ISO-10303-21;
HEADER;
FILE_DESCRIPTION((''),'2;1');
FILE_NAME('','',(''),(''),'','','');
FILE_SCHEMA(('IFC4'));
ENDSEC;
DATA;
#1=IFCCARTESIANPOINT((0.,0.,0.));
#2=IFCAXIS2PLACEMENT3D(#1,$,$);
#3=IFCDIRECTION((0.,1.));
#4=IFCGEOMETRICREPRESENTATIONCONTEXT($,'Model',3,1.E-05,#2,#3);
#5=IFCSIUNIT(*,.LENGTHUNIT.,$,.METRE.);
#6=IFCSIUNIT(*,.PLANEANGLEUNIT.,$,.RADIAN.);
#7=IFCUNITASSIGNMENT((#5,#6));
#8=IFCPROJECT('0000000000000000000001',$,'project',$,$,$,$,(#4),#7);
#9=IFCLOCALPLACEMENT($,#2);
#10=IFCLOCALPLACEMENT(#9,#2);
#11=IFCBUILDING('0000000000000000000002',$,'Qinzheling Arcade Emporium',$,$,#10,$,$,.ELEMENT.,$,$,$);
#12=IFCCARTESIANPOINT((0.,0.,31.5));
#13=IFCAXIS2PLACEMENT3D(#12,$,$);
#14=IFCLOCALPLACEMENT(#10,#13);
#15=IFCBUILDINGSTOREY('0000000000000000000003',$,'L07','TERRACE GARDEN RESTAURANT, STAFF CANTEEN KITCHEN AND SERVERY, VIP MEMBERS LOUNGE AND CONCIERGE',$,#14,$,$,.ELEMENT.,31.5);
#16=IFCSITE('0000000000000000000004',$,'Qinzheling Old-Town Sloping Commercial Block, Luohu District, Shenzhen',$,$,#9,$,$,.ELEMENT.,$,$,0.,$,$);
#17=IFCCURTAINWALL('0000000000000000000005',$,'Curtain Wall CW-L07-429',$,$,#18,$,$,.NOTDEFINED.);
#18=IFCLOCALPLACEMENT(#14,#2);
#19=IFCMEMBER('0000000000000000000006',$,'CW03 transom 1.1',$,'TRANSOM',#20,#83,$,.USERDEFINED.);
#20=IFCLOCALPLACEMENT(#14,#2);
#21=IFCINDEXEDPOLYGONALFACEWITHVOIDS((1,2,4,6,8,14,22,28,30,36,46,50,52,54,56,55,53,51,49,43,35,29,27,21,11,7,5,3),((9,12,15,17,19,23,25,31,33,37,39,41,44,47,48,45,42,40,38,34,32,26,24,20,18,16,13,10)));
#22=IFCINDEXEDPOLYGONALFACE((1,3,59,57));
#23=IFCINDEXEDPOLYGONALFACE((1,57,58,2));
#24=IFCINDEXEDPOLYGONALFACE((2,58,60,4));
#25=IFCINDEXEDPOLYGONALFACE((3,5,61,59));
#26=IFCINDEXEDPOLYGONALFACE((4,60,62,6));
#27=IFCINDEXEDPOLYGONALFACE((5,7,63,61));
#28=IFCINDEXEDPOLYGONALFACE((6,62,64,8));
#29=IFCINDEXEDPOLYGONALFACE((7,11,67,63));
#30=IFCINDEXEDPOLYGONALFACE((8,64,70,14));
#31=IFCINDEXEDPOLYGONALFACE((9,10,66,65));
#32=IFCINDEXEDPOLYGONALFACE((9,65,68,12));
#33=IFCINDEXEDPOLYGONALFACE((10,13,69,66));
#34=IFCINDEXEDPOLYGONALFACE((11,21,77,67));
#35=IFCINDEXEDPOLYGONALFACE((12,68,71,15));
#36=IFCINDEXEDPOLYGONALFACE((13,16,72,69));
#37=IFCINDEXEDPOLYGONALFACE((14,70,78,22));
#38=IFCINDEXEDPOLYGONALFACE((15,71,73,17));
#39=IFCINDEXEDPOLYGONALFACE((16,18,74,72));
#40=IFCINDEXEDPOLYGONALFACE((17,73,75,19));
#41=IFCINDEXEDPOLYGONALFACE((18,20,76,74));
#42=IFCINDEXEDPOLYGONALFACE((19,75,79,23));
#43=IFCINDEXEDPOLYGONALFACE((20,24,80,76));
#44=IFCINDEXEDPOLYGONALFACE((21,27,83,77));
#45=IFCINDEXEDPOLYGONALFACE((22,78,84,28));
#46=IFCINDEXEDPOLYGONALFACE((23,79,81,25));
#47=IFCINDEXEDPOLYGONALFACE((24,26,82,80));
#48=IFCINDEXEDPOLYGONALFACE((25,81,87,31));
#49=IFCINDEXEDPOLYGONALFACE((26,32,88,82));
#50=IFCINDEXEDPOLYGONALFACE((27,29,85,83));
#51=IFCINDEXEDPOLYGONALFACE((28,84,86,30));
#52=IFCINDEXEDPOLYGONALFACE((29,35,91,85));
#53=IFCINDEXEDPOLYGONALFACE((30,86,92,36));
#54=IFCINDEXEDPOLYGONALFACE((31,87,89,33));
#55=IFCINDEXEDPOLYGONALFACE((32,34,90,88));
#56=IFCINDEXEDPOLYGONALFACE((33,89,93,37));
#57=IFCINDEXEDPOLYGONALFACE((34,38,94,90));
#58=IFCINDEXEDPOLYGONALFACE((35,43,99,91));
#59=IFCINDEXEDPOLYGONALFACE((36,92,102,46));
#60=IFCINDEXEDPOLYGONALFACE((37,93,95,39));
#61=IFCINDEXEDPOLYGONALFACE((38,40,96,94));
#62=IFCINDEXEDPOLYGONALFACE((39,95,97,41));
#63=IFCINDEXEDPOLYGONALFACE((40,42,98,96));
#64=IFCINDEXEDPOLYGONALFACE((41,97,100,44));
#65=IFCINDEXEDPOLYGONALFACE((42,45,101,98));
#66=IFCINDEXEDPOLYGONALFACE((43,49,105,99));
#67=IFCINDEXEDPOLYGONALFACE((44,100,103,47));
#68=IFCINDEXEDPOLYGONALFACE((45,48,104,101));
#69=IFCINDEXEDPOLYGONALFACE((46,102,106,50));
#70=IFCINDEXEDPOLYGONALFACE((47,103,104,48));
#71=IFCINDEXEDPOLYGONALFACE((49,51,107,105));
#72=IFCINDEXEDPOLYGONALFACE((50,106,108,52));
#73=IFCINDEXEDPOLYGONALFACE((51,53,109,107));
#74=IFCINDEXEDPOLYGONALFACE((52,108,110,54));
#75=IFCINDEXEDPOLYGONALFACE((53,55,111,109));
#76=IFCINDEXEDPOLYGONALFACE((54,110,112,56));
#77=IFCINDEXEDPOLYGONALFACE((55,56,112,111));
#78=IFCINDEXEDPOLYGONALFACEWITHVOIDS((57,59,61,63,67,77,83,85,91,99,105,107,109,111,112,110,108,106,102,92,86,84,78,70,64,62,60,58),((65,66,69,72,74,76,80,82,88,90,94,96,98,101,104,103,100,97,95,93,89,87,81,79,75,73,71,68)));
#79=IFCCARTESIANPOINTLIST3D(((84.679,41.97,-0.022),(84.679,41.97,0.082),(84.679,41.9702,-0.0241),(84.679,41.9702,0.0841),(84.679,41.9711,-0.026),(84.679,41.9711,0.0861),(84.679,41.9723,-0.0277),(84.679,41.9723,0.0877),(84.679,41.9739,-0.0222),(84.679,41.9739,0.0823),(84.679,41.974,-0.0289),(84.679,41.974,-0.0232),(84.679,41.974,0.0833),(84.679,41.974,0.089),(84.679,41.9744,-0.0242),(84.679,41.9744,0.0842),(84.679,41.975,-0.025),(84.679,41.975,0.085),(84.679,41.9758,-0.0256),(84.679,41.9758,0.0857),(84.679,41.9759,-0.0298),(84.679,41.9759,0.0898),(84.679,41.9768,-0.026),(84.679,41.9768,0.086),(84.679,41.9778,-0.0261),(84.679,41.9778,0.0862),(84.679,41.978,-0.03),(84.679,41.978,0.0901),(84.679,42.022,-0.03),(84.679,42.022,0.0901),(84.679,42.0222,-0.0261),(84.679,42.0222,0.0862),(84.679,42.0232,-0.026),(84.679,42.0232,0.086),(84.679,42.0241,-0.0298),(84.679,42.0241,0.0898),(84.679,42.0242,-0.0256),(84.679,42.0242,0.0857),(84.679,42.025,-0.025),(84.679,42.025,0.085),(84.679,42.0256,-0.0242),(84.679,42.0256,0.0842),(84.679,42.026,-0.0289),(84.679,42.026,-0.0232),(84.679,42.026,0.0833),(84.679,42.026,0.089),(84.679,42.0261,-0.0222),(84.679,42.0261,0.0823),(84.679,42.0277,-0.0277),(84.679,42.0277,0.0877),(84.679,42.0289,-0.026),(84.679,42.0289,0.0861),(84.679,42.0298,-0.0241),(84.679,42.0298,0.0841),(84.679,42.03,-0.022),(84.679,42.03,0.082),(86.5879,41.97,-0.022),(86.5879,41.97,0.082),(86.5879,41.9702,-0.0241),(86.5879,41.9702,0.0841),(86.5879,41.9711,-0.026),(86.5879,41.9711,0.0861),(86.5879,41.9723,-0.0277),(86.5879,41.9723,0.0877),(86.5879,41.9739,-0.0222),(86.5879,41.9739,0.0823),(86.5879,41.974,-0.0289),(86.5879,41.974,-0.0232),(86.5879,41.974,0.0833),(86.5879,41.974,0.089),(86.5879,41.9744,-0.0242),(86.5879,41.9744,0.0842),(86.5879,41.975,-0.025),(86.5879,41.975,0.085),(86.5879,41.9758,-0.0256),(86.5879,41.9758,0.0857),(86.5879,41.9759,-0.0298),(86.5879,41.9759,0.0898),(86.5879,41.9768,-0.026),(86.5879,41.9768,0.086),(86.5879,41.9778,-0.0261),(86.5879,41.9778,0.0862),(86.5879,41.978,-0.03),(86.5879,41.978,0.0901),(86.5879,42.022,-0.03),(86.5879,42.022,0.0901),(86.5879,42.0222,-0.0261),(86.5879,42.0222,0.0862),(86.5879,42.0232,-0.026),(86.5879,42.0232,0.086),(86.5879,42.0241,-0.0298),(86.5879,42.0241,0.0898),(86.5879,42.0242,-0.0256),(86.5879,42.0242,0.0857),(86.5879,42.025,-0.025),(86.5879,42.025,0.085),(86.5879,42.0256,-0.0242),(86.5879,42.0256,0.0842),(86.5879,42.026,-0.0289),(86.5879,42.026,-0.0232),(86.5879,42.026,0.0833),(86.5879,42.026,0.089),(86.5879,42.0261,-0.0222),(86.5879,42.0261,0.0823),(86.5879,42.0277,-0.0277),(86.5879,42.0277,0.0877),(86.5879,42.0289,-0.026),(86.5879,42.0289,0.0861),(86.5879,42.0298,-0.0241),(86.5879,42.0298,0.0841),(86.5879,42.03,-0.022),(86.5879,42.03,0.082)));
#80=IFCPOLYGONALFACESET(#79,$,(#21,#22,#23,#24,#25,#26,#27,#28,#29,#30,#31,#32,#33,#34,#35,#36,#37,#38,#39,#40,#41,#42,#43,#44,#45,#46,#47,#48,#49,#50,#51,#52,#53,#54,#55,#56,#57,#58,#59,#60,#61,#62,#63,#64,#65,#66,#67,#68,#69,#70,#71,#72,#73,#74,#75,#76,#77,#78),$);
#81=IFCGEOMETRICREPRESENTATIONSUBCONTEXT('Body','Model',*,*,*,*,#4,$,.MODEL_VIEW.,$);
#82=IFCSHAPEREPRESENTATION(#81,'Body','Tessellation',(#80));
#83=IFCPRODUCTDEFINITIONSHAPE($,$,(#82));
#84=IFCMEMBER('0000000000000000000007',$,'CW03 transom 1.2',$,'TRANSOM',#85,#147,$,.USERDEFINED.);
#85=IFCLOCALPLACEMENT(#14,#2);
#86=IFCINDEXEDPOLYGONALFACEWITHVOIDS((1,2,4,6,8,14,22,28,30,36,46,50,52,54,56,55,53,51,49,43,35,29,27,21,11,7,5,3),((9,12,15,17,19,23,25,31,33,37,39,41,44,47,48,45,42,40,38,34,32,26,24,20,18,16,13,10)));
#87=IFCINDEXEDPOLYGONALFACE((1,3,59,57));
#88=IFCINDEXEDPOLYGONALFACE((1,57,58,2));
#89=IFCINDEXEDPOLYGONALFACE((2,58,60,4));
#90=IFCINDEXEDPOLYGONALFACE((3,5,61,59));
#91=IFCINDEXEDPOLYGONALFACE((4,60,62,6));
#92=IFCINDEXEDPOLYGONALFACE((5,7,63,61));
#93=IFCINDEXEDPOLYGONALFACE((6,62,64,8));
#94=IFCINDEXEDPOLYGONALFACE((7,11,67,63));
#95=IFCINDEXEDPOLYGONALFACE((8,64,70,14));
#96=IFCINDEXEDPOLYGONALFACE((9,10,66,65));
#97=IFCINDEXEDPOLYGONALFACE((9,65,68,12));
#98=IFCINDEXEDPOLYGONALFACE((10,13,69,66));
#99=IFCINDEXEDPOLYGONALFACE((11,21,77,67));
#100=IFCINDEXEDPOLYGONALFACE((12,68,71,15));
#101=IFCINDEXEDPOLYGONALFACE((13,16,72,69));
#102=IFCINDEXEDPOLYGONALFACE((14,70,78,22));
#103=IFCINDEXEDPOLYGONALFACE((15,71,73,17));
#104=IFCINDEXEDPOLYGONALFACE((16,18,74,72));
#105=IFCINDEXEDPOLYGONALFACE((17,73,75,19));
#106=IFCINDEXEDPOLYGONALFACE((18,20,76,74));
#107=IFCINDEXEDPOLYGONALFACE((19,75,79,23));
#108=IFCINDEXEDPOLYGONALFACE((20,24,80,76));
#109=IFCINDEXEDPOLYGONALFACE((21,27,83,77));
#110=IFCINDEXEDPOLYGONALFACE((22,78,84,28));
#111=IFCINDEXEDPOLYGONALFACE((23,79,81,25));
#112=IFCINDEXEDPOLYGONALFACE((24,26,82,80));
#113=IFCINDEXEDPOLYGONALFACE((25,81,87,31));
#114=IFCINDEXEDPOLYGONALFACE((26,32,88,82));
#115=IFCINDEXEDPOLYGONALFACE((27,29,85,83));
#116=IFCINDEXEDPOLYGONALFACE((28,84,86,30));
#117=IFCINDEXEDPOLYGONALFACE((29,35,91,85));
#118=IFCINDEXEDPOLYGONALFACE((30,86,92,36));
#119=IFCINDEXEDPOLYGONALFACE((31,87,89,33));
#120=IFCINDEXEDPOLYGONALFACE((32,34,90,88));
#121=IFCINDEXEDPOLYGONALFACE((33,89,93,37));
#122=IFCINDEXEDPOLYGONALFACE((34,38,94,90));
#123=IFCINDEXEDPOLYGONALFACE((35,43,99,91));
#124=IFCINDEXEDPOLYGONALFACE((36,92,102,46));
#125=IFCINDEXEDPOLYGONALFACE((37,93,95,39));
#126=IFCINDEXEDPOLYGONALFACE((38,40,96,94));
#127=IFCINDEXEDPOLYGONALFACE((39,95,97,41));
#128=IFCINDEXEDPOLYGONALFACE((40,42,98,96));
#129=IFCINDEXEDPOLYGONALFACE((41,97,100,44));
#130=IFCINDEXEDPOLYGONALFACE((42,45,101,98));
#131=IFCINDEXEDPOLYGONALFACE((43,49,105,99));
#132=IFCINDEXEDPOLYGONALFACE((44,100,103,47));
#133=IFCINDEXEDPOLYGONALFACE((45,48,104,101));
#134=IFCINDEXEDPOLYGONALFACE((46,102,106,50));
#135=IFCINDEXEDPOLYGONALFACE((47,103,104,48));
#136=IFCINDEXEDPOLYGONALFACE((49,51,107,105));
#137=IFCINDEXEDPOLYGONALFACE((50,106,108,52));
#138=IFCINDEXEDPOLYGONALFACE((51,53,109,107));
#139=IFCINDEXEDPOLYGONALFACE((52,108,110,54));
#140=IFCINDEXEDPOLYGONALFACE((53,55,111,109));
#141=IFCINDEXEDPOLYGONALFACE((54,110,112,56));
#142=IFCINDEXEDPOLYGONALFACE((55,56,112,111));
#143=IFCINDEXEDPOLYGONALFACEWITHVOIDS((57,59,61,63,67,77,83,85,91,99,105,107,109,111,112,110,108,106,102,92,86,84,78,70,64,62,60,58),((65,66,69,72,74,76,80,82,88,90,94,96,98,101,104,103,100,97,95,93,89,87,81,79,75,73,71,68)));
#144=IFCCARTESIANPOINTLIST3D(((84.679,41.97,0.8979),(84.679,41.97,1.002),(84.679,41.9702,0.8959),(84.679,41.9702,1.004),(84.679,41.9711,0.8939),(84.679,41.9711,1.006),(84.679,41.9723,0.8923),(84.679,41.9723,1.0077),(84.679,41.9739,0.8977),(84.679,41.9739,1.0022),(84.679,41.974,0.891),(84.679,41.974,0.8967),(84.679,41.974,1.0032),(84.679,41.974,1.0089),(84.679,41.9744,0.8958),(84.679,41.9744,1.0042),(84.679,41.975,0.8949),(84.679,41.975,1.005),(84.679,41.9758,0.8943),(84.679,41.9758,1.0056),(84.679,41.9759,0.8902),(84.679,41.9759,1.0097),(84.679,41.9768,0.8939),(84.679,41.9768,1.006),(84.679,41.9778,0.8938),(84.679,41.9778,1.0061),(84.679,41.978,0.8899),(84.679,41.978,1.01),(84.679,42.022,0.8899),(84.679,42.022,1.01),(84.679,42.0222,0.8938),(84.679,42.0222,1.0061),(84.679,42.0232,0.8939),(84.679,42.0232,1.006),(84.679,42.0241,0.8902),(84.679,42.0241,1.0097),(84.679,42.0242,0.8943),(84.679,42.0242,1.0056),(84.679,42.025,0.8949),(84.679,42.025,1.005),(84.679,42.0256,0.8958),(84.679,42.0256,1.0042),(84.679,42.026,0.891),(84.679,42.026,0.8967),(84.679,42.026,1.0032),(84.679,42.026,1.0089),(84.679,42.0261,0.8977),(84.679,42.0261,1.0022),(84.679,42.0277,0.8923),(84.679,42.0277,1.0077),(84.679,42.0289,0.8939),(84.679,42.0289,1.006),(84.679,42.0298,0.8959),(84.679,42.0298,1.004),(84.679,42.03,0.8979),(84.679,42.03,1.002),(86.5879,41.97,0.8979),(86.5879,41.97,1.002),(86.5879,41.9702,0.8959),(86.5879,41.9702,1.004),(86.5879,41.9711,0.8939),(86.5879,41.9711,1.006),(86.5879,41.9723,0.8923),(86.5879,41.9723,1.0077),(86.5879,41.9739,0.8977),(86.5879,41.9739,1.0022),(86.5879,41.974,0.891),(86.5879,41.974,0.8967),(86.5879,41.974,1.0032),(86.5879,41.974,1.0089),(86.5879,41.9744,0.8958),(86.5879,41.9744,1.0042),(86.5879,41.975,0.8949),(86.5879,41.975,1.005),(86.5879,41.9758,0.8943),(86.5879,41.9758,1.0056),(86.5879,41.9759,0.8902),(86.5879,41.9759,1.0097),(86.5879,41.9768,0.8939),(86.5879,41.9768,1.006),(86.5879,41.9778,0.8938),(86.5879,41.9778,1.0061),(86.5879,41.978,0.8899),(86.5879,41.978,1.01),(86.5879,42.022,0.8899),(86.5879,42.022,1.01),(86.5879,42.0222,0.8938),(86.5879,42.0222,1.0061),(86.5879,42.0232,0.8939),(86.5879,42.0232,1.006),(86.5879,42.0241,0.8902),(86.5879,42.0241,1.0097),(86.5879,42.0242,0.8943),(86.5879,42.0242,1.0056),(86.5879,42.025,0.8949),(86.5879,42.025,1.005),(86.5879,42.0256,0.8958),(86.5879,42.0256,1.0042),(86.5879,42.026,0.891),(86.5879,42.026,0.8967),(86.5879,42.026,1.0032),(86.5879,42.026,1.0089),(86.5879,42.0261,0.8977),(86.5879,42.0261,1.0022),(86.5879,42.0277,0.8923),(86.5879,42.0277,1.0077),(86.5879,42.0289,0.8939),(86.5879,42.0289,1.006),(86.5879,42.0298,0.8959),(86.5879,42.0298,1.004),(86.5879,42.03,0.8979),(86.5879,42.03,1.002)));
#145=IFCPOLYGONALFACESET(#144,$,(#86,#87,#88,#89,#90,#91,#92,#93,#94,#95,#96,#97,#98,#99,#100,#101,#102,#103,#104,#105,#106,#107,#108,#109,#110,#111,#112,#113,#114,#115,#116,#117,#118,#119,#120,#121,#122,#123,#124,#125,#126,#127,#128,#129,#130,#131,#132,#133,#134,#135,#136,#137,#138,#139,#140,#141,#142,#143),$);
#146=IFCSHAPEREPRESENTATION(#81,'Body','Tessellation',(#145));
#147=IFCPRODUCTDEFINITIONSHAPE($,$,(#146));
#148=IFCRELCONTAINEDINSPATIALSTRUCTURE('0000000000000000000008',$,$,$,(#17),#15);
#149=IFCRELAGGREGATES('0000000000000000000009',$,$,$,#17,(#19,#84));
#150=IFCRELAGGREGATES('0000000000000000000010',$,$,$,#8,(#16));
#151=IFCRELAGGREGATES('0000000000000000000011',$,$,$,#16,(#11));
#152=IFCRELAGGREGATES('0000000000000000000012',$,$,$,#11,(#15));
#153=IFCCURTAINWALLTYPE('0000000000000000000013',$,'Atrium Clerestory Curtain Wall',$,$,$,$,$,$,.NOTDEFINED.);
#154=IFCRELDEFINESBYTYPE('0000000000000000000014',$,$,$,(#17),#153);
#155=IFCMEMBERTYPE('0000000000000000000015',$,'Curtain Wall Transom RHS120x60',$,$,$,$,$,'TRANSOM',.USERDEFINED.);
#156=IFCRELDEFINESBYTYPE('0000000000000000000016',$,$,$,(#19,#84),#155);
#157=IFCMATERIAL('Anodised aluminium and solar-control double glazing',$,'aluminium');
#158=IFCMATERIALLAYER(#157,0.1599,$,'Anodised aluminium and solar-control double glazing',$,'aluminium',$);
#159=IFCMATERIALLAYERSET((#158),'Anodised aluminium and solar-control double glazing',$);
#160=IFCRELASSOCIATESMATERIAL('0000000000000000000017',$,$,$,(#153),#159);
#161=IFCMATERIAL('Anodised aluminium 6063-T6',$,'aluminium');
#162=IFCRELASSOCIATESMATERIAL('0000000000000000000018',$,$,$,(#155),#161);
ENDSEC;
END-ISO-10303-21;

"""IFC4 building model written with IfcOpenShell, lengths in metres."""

from ifc_helpers import new_model, si_unit, direction, frame, origin, origin_2d, place, context, subcontext, project, spatial, hollow_rectangle, extrude, material, layer, layer_set, material_profile, profile_set, type_object, element, aggregate, save


model = new_model("IFC4")

# Units and contexts
model_context = context("Model", 3, precision=1e-05, world=origin(), true_north=direction((0.0, 1.0)))
body_context = subcontext(model_context, "Body", "Model", "MODEL_VIEW")
ifc_project = project(units=[si_unit("LENGTHUNIT", "METRE"), si_unit("PLANEANGLEUNIT", "RADIAN")], contexts=[model_context])

# Site, building, storey
site_placement = place(None, origin())
site = spatial("IfcSite", under=ifc_project, at=site_placement, Name="Qinzheling Old-Town Sloping Commercial Block, Luohu District, Shenzhen", CompositionType="ELEMENT", RefElevation=0.0)
building_placement = place(site_placement, origin())
building = spatial("IfcBuilding", under=site, at=building_placement, Name="Qinzheling Arcade Emporium", CompositionType="ELEMENT")
storey_placement = place(building_placement, frame((0.0, 0.0, 31.5)))
storey = spatial("IfcBuildingStorey", under=building, at=storey_placement, Name="L07", Description="TERRACE GARDEN RESTAURANT, STAFF CANTEEN KITCHEN AND SERVERY, VIP MEMBERS LOUNGE AND CONCIERGE", CompositionType="ELEMENT", Elevation=31.5)

# Curtain wall
ifc_material_1 = material(Name="Anodised aluminium and solar-control double glazing", Category="aluminium")
ifc_layer_1 = layer(ifc_material_1, 0.1599, Name="Anodised aluminium and solar-control double glazing", Category="aluminium")
ifc_layer_set_1 = layer_set([ifc_layer_1], Name="Anodised aluminium and solar-control double glazing")
curtain_wall_type = type_object("IfcCurtainWallType", Name="Atrium Clerestory Curtain Wall", PredefinedType="NOTDEFINED", material=ifc_layer_set_1)
ifc_material_2 = material(Name="Anodised aluminium 6063-T6", Category="aluminium")
curtain_wall_1_placement = place(storey_placement, origin())
curtain_wall_1 = element("IfcCurtainWall", 1, at=curtain_wall_1_placement, inside=storey, type_object=curtain_wall_type, Name="Curtain Wall CW-L07-429", PredefinedType="NOTDEFINED")

# Members
ifc_material_profile_1 = material_profile(ifc_material_2, hollow_rectangle(XDim=0.0601, YDim=0.1201, WallThickness=0.0039, InnerFilletRadius=0.0039, OuterFilletRadius=0.0081, at=origin_2d()), Name="RHS 120x60x4", Category="aluminium")
ifc_profile_set_1 = profile_set([ifc_material_profile_1], Name="Anodised aluminium 6063-T6")
member_type_1 = type_object("IfcMemberType", Name="Curtain Wall Transom RHS120x60", ElementType="TRANSOM", PredefinedType="USERDEFINED", material=ifc_profile_set_1)
member_1_placement = place(storey_placement, frame((86.5879, 42.0, 0.03), z_axis=(-1.0, 0.0, 0.0), x_axis=(0.0, -1.0, 0.0)))
member_1 = element("IfcMember", 2, at=member_1_placement, type_object=member_type_1, Name="CW03 transom 1.1", ObjectType="TRANSOM", PredefinedType="USERDEFINED", context=body_context, shape_type="SweptSolid", body=[
    extrude(hollow_rectangle(XDim=0.0601, YDim=0.1201, WallThickness=0.0039, InnerFilletRadius=0.0039, OuterFilletRadius=0.0081, at=origin_2d()), origin(), (0.0, 0.0, 1.0), 1.9089),
])
member_2_placement = place(storey_placement, frame((86.5879, 42.0, 0.95), z_axis=(-1.0, 0.0, 0.0), x_axis=(0.0, -1.0, 0.0)))
member_2 = element("IfcMember", 3, at=member_2_placement, type_object=member_type_1, Name="CW03 transom 1.2", ObjectType="TRANSOM", PredefinedType="USERDEFINED", context=body_context, shape_type="SweptSolid", body=[
    extrude(hollow_rectangle(XDim=0.0601, YDim=0.1201, WallThickness=0.0039, InnerFilletRadius=0.0039, OuterFilletRadius=0.0081, at=origin_2d()), origin(), (0.0, 0.0, 1.0), 1.9089),
])

aggregate(curtain_wall_1, [member_1, member_2])

save(model, "model.ifc")
